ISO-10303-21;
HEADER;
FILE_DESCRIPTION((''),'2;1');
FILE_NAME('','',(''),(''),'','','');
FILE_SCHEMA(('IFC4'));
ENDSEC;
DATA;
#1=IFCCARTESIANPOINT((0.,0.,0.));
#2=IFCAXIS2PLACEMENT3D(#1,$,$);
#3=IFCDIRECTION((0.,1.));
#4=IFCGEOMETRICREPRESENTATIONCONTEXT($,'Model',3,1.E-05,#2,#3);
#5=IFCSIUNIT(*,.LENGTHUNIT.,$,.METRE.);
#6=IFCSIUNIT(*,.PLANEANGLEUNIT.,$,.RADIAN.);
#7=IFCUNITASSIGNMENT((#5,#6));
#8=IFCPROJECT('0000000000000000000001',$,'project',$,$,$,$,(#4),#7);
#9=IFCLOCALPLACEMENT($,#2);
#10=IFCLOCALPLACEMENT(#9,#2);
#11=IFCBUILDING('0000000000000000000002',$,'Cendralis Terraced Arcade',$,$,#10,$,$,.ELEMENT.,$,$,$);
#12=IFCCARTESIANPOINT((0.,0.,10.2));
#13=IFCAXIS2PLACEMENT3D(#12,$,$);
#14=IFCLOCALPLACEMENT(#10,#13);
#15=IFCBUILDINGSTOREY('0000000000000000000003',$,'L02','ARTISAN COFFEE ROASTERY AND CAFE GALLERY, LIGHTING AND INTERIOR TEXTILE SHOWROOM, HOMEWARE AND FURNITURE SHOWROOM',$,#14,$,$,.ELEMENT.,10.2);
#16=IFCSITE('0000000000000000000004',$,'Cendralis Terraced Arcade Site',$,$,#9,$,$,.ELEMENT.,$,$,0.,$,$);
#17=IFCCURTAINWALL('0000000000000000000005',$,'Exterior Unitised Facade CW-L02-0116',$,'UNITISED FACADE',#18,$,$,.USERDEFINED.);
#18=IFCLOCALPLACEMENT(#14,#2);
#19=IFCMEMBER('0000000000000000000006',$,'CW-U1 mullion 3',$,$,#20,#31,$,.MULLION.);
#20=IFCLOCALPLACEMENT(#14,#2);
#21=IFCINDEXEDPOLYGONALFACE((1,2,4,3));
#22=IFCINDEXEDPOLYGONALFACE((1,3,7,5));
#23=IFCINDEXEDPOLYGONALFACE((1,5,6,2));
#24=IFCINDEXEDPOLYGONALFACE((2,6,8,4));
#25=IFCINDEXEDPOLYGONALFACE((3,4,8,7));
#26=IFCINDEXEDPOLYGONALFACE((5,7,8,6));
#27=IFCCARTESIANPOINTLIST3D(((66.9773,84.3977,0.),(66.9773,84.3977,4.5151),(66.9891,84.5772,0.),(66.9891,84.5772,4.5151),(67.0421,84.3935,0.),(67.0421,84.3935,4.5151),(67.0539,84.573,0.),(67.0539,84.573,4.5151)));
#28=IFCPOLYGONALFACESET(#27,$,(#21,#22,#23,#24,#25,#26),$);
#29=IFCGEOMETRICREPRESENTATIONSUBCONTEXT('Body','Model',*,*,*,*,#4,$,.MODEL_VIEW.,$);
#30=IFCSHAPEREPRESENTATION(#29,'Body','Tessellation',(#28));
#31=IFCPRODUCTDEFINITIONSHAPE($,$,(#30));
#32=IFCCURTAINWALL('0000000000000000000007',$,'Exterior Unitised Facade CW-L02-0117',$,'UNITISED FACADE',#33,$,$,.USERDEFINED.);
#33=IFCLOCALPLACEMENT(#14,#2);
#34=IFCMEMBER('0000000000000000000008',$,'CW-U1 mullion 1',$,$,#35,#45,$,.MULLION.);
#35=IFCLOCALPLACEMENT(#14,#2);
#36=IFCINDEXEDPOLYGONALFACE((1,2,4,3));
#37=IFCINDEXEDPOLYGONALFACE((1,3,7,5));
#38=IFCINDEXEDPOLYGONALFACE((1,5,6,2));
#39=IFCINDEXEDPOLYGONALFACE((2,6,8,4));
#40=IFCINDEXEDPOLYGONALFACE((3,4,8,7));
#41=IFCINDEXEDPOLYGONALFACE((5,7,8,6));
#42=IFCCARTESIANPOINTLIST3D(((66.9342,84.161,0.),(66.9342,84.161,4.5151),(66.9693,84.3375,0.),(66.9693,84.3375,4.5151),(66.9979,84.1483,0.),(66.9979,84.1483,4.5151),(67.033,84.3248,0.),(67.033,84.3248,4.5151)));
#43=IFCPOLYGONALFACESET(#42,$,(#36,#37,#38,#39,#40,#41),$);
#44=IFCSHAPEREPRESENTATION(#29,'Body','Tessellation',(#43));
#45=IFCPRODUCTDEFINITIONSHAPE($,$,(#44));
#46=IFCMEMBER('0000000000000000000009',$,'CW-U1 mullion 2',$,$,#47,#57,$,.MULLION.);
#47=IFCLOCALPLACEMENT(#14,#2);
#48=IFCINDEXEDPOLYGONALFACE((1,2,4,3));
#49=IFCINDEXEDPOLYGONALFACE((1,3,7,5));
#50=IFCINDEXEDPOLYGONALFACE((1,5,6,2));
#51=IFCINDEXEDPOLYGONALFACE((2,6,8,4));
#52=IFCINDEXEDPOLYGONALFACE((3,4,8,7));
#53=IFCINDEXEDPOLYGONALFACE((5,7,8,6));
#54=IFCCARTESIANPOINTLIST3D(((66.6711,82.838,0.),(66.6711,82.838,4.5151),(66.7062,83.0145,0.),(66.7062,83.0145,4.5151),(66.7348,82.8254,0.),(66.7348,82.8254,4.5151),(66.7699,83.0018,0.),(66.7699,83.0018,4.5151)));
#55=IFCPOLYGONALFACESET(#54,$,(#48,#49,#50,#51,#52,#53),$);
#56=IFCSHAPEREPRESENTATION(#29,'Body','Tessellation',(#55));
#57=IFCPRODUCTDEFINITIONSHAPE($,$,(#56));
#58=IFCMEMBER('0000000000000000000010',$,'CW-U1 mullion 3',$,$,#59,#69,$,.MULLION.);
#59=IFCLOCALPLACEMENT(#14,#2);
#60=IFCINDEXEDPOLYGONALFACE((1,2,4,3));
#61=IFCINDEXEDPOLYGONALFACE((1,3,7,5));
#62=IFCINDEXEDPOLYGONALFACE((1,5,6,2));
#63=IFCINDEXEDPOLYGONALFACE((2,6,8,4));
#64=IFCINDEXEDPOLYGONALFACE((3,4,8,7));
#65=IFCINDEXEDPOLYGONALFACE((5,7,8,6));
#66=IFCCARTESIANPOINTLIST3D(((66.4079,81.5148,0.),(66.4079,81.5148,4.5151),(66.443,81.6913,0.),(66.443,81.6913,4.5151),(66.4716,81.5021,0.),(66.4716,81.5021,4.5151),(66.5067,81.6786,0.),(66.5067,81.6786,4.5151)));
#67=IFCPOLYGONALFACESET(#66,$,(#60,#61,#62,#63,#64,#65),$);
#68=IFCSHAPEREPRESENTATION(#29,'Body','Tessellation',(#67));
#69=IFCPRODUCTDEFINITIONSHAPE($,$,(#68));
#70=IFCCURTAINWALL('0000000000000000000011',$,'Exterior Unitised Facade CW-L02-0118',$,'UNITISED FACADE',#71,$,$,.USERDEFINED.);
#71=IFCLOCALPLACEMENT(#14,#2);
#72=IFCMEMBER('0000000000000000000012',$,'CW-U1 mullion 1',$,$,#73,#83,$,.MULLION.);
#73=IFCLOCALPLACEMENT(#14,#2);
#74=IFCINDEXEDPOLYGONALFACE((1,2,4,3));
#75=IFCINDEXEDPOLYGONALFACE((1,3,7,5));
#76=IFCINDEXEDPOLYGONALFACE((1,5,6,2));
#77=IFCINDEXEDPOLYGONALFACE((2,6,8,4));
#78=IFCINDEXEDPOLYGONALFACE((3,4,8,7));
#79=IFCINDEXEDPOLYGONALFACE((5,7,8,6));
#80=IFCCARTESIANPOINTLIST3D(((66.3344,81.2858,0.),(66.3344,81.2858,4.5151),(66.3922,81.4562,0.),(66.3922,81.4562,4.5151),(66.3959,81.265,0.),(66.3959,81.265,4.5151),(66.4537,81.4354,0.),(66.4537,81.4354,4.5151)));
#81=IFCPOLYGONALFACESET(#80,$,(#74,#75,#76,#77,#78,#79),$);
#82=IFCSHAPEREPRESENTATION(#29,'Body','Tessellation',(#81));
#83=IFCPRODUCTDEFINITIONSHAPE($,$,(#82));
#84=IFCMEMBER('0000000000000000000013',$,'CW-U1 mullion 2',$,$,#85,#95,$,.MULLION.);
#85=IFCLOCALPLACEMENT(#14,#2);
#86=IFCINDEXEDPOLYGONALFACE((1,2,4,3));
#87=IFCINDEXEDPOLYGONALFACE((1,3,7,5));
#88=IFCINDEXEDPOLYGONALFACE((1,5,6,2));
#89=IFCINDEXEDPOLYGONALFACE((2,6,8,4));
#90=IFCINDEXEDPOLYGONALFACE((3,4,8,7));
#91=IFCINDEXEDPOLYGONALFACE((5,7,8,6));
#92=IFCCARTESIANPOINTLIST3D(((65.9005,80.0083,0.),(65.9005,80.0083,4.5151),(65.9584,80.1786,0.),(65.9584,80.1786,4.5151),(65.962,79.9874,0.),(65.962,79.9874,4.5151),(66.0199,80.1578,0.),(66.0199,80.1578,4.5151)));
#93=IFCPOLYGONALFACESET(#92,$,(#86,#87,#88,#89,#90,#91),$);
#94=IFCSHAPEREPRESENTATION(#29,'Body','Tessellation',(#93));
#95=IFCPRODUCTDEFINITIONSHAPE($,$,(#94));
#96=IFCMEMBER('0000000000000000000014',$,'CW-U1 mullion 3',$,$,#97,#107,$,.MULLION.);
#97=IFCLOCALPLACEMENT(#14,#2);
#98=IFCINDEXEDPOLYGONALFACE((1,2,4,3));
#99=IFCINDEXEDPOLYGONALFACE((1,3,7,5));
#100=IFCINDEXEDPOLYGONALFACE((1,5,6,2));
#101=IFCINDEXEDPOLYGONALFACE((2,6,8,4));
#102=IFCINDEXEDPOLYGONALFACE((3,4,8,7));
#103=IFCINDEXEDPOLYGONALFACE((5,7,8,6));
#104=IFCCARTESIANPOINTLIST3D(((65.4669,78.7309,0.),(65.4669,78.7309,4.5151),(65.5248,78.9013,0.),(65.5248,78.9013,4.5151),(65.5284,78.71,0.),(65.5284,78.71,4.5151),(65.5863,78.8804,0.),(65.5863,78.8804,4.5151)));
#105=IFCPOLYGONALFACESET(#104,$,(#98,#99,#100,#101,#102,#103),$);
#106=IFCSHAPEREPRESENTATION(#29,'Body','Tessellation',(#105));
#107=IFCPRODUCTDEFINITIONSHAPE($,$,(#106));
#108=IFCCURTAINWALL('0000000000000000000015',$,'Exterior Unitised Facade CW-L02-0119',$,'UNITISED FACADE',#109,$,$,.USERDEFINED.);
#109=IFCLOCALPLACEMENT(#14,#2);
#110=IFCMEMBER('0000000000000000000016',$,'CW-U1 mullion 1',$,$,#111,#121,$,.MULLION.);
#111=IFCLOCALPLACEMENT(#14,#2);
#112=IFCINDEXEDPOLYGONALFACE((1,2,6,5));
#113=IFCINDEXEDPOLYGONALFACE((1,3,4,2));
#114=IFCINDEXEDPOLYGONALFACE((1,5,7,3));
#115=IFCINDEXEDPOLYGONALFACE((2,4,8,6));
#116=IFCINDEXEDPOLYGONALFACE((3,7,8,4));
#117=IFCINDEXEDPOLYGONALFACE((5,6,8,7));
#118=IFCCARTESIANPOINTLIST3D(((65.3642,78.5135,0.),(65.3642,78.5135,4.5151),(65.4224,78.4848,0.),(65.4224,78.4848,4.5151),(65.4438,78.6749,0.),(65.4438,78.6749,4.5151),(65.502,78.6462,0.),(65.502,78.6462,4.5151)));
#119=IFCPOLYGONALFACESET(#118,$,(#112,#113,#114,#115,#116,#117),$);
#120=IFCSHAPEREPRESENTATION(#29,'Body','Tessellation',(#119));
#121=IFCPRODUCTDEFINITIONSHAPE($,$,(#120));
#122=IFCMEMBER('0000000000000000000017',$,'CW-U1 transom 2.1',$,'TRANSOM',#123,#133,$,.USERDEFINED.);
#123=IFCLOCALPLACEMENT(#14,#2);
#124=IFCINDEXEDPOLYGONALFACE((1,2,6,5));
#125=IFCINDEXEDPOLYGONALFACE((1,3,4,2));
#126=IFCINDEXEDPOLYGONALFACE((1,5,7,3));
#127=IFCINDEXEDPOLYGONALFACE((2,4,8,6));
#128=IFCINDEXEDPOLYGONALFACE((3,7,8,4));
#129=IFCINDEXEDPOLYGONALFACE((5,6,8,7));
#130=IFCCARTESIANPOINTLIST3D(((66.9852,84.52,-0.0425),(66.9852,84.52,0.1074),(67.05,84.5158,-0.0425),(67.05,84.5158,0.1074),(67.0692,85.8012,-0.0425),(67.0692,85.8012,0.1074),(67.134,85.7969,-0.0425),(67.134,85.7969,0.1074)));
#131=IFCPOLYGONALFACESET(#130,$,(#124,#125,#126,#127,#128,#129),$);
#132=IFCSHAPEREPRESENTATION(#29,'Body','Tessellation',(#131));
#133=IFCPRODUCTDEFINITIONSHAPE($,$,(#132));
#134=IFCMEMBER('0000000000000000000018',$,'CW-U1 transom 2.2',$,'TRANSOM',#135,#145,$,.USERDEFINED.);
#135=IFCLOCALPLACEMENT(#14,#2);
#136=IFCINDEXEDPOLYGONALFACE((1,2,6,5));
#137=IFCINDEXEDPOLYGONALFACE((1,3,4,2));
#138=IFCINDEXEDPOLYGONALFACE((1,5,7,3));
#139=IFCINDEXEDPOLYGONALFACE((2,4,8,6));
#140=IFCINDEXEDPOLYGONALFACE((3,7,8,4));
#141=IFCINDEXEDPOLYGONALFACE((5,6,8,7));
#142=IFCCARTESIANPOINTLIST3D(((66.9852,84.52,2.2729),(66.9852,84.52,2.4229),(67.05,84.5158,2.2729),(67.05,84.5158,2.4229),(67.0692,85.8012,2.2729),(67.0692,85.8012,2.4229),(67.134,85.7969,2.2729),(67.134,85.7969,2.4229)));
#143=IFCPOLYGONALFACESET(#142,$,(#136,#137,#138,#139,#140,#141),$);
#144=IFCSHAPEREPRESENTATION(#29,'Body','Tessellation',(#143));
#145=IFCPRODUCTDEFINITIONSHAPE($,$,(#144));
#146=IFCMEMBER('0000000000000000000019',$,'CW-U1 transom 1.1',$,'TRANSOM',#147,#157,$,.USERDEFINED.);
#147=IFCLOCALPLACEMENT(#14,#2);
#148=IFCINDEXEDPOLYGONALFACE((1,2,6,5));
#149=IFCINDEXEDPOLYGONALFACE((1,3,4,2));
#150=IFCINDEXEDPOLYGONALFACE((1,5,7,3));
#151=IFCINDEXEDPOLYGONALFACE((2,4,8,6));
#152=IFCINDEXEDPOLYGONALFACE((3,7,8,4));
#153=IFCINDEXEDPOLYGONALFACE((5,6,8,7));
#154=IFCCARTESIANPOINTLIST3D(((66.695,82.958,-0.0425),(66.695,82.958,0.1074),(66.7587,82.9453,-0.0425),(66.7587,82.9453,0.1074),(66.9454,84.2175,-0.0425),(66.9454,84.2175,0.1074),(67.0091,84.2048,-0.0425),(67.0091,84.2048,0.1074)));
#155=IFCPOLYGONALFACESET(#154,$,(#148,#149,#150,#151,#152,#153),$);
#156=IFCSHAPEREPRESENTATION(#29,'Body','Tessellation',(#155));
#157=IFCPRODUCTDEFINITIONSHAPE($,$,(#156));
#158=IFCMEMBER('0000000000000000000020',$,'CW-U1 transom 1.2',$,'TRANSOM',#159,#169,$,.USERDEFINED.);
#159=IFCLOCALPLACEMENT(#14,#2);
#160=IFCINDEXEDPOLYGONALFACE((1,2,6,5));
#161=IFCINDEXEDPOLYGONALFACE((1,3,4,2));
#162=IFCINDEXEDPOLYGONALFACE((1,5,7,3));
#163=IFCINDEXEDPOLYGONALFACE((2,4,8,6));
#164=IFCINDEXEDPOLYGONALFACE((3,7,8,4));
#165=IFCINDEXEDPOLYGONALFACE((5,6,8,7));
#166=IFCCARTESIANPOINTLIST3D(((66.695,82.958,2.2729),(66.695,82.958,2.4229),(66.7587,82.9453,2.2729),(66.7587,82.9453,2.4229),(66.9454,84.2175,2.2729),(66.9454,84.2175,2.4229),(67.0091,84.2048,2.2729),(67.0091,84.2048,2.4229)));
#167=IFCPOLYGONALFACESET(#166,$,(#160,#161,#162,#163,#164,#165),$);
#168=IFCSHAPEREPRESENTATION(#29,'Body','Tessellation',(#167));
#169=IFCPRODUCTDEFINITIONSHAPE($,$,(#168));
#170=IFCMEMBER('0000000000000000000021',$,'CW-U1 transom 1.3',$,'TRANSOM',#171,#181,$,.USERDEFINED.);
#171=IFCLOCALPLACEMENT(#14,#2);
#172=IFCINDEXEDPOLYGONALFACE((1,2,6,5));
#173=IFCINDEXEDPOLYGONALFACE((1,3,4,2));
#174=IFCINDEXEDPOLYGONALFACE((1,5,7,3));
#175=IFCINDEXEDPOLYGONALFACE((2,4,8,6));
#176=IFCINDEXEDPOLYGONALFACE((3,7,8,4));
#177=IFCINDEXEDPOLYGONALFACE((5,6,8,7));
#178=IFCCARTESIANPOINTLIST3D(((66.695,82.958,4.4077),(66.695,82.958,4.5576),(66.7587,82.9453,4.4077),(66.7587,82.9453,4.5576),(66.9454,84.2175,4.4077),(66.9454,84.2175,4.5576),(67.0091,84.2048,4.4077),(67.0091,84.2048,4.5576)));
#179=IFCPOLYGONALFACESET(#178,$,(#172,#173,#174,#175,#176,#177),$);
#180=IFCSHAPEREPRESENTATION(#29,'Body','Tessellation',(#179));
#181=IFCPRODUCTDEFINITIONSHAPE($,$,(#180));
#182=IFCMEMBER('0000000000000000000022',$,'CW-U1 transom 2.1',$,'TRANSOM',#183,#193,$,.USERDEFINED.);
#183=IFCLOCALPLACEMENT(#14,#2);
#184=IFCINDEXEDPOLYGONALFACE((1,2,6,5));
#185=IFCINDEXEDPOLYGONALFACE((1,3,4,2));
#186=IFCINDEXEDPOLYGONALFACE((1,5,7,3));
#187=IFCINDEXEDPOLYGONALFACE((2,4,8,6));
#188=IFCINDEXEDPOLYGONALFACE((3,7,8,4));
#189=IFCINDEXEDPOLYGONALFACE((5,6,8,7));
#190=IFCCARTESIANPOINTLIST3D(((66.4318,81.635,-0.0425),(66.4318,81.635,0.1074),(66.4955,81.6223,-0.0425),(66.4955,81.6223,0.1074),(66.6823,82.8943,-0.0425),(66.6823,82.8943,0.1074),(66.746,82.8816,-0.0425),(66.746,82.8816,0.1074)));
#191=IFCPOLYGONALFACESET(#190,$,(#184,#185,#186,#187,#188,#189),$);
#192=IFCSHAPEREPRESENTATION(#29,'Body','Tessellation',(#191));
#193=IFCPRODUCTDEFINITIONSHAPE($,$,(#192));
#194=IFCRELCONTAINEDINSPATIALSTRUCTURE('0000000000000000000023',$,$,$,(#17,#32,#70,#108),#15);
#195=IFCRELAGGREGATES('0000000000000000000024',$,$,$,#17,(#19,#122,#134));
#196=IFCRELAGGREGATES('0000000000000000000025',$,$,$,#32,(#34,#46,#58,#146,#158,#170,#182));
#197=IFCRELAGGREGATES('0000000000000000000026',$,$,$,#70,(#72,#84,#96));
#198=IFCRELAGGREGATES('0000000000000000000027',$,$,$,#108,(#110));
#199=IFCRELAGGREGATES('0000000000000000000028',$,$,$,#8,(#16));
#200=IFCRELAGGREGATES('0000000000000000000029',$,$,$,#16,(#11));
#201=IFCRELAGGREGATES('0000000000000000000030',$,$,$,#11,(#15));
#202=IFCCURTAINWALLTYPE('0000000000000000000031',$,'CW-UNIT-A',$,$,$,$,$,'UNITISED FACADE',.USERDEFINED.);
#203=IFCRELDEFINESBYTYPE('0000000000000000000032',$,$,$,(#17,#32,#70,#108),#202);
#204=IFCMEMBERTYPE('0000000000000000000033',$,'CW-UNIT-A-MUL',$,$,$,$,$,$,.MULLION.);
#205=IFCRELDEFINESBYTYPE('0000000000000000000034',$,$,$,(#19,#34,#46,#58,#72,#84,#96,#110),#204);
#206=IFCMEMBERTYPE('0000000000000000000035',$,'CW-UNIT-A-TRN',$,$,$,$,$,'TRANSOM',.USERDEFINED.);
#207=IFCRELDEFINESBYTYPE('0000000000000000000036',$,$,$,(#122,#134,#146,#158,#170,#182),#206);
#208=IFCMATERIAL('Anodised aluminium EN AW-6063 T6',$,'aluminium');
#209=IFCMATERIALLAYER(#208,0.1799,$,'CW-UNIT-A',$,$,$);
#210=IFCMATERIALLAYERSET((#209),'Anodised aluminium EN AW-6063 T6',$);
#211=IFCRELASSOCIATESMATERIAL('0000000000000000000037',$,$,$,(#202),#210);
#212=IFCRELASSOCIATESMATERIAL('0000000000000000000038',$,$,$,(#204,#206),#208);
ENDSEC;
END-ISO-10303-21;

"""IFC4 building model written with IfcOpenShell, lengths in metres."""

from ifc_helpers import new_model, si_unit, direction, frame, origin, origin_2d, place, context, subcontext, project, spatial, rectangle, extrude, material, layer, layer_set, material_profile, profile_set, type_object, element, aggregate, save


model = new_model("IFC4")

# Units and contexts
model_context = context("Model", 3, precision=1e-05, world=origin(), true_north=direction((0.0, 1.0)))
body_context = subcontext(model_context, "Body", "Model", "MODEL_VIEW")
ifc_project = project(units=[si_unit("LENGTHUNIT", "METRE"), si_unit("PLANEANGLEUNIT", "RADIAN")], contexts=[model_context])

# Site, building, storey
site_placement = place(None, origin())
site = spatial("IfcSite", under=ifc_project, at=site_placement, Name="Cendralis Terraced Arcade Site", CompositionType="ELEMENT", RefElevation=0.0)
building_placement = place(site_placement, origin())
building = spatial("IfcBuilding", under=site, at=building_placement, Name="Cendralis Terraced Arcade", CompositionType="ELEMENT")
storey_placement = place(building_placement, frame((0.0, 0.0, 10.2)))
storey = spatial("IfcBuildingStorey", under=building, at=storey_placement, Name="L02", Description="ARTISAN COFFEE ROASTERY AND CAFE GALLERY, LIGHTING AND INTERIOR TEXTILE SHOWROOM, HOMEWARE AND FURNITURE SHOWROOM", CompositionType="ELEMENT", Elevation=10.2)

# Curtain wall, member
ifc_material_1 = material(Name="Anodised aluminium EN AW-6063 T6", Category="aluminium")
ifc_layer_1 = layer(ifc_material_1, 0.1799, Name="CW-UNIT-A")
ifc_layer_set_1 = layer_set([ifc_layer_1], Name="Anodised aluminium EN AW-6063 T6")
curtain_wall_type = type_object("IfcCurtainWallType", Name="CW-UNIT-A", ElementType="UNITISED FACADE", PredefinedType="USERDEFINED", material=ifc_layer_set_1)
curtain_wall_1_placement = place(storey_placement, origin())
curtain_wall_1 = element("IfcCurtainWall", 1, at=curtain_wall_1_placement, inside=storey, type_object=curtain_wall_type, Name="Exterior Unitised Facade CW-L02-0116", ObjectType="UNITISED FACADE", PredefinedType="USERDEFINED")
ifc_material_profile_1 = material_profile(ifc_material_1, rectangle(XDim=0.0649, YDim=0.1799, at=origin_2d()), Name="ALU-MUL-65x180")
ifc_profile_set_1 = profile_set([ifc_material_profile_1], Name="Anodised aluminium EN AW-6063 T6")
member_type_1 = type_object("IfcMemberType", Name="CW-UNIT-A-MUL", PredefinedType="MULLION", material=ifc_profile_set_1)
member_1_placement = place(storey_placement, frame((67.0156, 84.4854, 0.0), z_axis=(0.0, 0.0, 1.0), x_axis=(0.997859, -0.065397, 0.0)))
member_1 = element("IfcMember", 2, at=member_1_placement, type_object=member_type_1, Name="CW-U1 mullion 3", PredefinedType="MULLION", context=body_context, shape_type="SweptSolid", body=[
    extrude(rectangle(XDim=0.0649, YDim=0.1799, at=origin_2d()), origin(), (0.0, 0.0, 1.0), 4.5151),
])

# Curtain walls, members
curtain_wall_2_placement = place(storey_placement, origin())
curtain_wall_2 = element("IfcCurtainWall", 3, at=curtain_wall_2_placement, inside=storey, type_object=curtain_wall_type, Name="Exterior Unitised Facade CW-L02-0117", ObjectType="UNITISED FACADE", PredefinedType="USERDEFINED")
member_2_placement = place(storey_placement, frame((66.9836, 84.2429, 0.0), z_axis=(0.0, 0.0, 1.0), x_axis=(0.980789, -0.195072, 0.0)))
member_2 = element("IfcMember", 4, at=member_2_placement, type_object=member_type_1, Name="CW-U1 mullion 1", PredefinedType="MULLION", context=body_context, shape_type="SweptSolid", body=[
    extrude(rectangle(XDim=0.0649, YDim=0.1799, at=origin_2d()), origin(), (0.0, 0.0, 1.0), 4.5151),
])
member_3_placement = place(storey_placement, frame((66.7205, 82.9199, 0.0), z_axis=(0.0, 0.0, 1.0), x_axis=(0.980789, -0.195072, 0.0)))
member_3 = element("IfcMember", 5, at=member_3_placement, type_object=member_type_1, Name="CW-U1 mullion 2", PredefinedType="MULLION", context=body_context, shape_type="SweptSolid", body=[
    extrude(rectangle(XDim=0.0649, YDim=0.1799, at=origin_2d()), origin(), (0.0, 0.0, 1.0), 4.5151),
])
member_4_placement = place(storey_placement, frame((66.4573, 81.5967, 0.0), z_axis=(0.0, 0.0, 1.0), x_axis=(0.980789, -0.195072, 0.0)))
member_4 = element("IfcMember", 6, at=member_4_placement, type_object=member_type_1, Name="CW-U1 mullion 3", PredefinedType="MULLION", context=body_context, shape_type="SweptSolid", body=[
    extrude(rectangle(XDim=0.0649, YDim=0.1799, at=origin_2d()), origin(), (0.0, 0.0, 1.0), 4.5151),
])
curtain_wall_3_placement = place(storey_placement, origin())
curtain_wall_3 = element("IfcCurtainWall", 7, at=curtain_wall_3_placement, inside=storey, type_object=curtain_wall_type, Name="Exterior Unitised Facade CW-L02-0118", ObjectType="UNITISED FACADE", PredefinedType="USERDEFINED")
member_5_placement = place(storey_placement, frame((66.394, 81.3606, 0.0), z_axis=(0.0, 0.0, 1.0), x_axis=(0.946932, -0.321434, 0.0)))
member_5 = element("IfcMember", 8, at=member_5_placement, type_object=member_type_1, Name="CW-U1 mullion 1", PredefinedType="MULLION", context=body_context, shape_type="SweptSolid", body=[
    extrude(rectangle(XDim=0.0649, YDim=0.1799, at=origin_2d()), origin(), (0.0, 0.0, 1.0), 4.5151),
])
member_6_placement = place(storey_placement, frame((65.9602, 80.083, 0.0), z_axis=(0.0, 0.0, 1.0), x_axis=(0.946932, -0.321434, 0.0)))
member_6 = element("IfcMember", 9, at=member_6_placement, type_object=member_type_1, Name="CW-U1 mullion 2", PredefinedType="MULLION", context=body_context, shape_type="SweptSolid", body=[
    extrude(rectangle(XDim=0.0649, YDim=0.1799, at=origin_2d()), origin(), (0.0, 0.0, 1.0), 4.5151),
])
member_7_placement = place(storey_placement, frame((65.5266, 78.8057, 0.0), z_axis=(0.0, 0.0, 1.0), x_axis=(0.946932, -0.321434, 0.0)))
member_7 = element("IfcMember", 10, at=member_7_placement, type_object=member_type_1, Name="CW-U1 mullion 3", PredefinedType="MULLION", context=body_context, shape_type="SweptSolid", body=[
    extrude(rectangle(XDim=0.0649, YDim=0.1799, at=origin_2d()), origin(), (0.0, 0.0, 1.0), 4.5151),
])

# Curtain wall, member
curtain_wall_4_placement = place(storey_placement, origin())
curtain_wall_4 = element("IfcCurtainWall", 11, at=curtain_wall_4_placement, inside=storey, type_object=curtain_wall_type, Name="Exterior Unitised Facade CW-L02-0119", ObjectType="UNITISED FACADE", PredefinedType="USERDEFINED")
member_8_placement = place(storey_placement, frame((65.4331, 78.5798, 0.0), z_axis=(0.0, 0.0, 1.0), x_axis=(0.896875, -0.442285, 0.0)))
member_8 = element("IfcMember", 12, at=member_8_placement, type_object=member_type_1, Name="CW-U1 mullion 1", PredefinedType="MULLION", context=body_context, shape_type="SweptSolid", body=[
    extrude(rectangle(XDim=0.0649, YDim=0.1799, at=origin_2d()), origin(), (0.0, 0.0, 1.0), 4.5151),
])

# Members
ifc_material_profile_2 = material_profile(ifc_material_1, rectangle(XDim=0.0649, YDim=0.1499, at=origin_2d()), Name="ALU-TRN-65x150")
ifc_profile_set_2 = profile_set([ifc_material_profile_2], Name="Anodised aluminium EN AW-6063 T6")
member_type_2 = type_object("IfcMemberType", Name="CW-UNIT-A-TRN", ElementType="TRANSOM", PredefinedType="USERDEFINED", material=ifc_profile_set_2)
member_9_placement = place(storey_placement, frame((67.1016, 85.7991, 0.0325), z_axis=(-0.065408, -0.997859, 0.0), x_axis=(0.997859, -0.065408, 0.0)))
member_9 = element("IfcMember", 13, at=member_9_placement, type_object=member_type_2, Name="CW-U1 transom 2.1", ObjectType="TRANSOM", PredefinedType="USERDEFINED", context=body_context, shape_type="SweptSolid", body=[
    extrude(rectangle(XDim=0.0649, YDim=0.1499, at=origin_2d()), origin(), (0.0, 0.0, 1.0), 1.2839),
])
member_10_placement = place(storey_placement, frame((67.1016, 85.7991, 2.3479), z_axis=(-0.065408, -0.997859, 0.0), x_axis=(0.997859, -0.065408, 0.0)))
member_10 = element("IfcMember", 14, at=member_10_placement, type_object=member_type_2, Name="CW-U1 transom 2.2", ObjectType="TRANSOM", PredefinedType="USERDEFINED", context=body_context, shape_type="SweptSolid", body=[
    extrude(rectangle(XDim=0.0649, YDim=0.1499, at=origin_2d()), origin(), (0.0, 0.0, 1.0), 1.2839),
])
member_11_placement = place(storey_placement, frame((66.9773, 84.2112, 0.0325), z_axis=(-0.195056, -0.980792, 0.0), x_axis=(0.980792, -0.195056, 0.0)))
member_11 = element("IfcMember", 15, at=member_11_placement, type_object=member_type_2, Name="CW-U1 transom 1.1", ObjectType="TRANSOM", PredefinedType="USERDEFINED", context=body_context, shape_type="SweptSolid", body=[
    extrude(rectangle(XDim=0.0649, YDim=0.1499, at=origin_2d()), origin(), (0.0, 0.0, 1.0), 1.2842),
])
member_12_placement = place(storey_placement, frame((66.9773, 84.2112, 2.3479), z_axis=(-0.195056, -0.980792, 0.0), x_axis=(0.980792, -0.195056, 0.0)))
member_12 = element("IfcMember", 16, at=member_12_placement, type_object=member_type_2, Name="CW-U1 transom 1.2", ObjectType="TRANSOM", PredefinedType="USERDEFINED", context=body_context, shape_type="SweptSolid", body=[
    extrude(rectangle(XDim=0.0649, YDim=0.1499, at=origin_2d()), origin(), (0.0, 0.0, 1.0), 1.2842),
])
member_13_placement = place(storey_placement, frame((66.9773, 84.2112, 4.4827), z_axis=(-0.195056, -0.980792, 0.0), x_axis=(0.980792, -0.195056, 0.0)))
member_13 = element("IfcMember", 17, at=member_13_placement, type_object=member_type_2, Name="CW-U1 transom 1.3", ObjectType="TRANSOM", PredefinedType="USERDEFINED", context=body_context, shape_type="SweptSolid", body=[
    extrude(rectangle(XDim=0.0649, YDim=0.1499, at=origin_2d()), origin(), (0.0, 0.0, 1.0), 1.2842),
])
member_14_placement = place(storey_placement, frame((66.7141, 82.8879, 0.0325), z_axis=(-0.195092, -0.980785, 0.0), x_axis=(0.980785, -0.195092, 0.0)))
member_14 = element("IfcMember", 18, at=member_14_placement, type_object=member_type_2, Name="CW-U1 transom 2.1", ObjectType="TRANSOM", PredefinedType="USERDEFINED", context=body_context, shape_type="SweptSolid", body=[
    extrude(rectangle(XDim=0.0649, YDim=0.1499, at=origin_2d()), origin(), (0.0, 0.0, 1.0), 1.2839),
])

aggregate(curtain_wall_1, [member_1, member_9, member_10])
aggregate(curtain_wall_2, [member_2, member_3, member_4, member_11, member_12, member_13, member_14])
aggregate(curtain_wall_3, [member_5, member_6, member_7])
aggregate(curtain_wall_4, [member_8])

save(model, "model.ifc")
